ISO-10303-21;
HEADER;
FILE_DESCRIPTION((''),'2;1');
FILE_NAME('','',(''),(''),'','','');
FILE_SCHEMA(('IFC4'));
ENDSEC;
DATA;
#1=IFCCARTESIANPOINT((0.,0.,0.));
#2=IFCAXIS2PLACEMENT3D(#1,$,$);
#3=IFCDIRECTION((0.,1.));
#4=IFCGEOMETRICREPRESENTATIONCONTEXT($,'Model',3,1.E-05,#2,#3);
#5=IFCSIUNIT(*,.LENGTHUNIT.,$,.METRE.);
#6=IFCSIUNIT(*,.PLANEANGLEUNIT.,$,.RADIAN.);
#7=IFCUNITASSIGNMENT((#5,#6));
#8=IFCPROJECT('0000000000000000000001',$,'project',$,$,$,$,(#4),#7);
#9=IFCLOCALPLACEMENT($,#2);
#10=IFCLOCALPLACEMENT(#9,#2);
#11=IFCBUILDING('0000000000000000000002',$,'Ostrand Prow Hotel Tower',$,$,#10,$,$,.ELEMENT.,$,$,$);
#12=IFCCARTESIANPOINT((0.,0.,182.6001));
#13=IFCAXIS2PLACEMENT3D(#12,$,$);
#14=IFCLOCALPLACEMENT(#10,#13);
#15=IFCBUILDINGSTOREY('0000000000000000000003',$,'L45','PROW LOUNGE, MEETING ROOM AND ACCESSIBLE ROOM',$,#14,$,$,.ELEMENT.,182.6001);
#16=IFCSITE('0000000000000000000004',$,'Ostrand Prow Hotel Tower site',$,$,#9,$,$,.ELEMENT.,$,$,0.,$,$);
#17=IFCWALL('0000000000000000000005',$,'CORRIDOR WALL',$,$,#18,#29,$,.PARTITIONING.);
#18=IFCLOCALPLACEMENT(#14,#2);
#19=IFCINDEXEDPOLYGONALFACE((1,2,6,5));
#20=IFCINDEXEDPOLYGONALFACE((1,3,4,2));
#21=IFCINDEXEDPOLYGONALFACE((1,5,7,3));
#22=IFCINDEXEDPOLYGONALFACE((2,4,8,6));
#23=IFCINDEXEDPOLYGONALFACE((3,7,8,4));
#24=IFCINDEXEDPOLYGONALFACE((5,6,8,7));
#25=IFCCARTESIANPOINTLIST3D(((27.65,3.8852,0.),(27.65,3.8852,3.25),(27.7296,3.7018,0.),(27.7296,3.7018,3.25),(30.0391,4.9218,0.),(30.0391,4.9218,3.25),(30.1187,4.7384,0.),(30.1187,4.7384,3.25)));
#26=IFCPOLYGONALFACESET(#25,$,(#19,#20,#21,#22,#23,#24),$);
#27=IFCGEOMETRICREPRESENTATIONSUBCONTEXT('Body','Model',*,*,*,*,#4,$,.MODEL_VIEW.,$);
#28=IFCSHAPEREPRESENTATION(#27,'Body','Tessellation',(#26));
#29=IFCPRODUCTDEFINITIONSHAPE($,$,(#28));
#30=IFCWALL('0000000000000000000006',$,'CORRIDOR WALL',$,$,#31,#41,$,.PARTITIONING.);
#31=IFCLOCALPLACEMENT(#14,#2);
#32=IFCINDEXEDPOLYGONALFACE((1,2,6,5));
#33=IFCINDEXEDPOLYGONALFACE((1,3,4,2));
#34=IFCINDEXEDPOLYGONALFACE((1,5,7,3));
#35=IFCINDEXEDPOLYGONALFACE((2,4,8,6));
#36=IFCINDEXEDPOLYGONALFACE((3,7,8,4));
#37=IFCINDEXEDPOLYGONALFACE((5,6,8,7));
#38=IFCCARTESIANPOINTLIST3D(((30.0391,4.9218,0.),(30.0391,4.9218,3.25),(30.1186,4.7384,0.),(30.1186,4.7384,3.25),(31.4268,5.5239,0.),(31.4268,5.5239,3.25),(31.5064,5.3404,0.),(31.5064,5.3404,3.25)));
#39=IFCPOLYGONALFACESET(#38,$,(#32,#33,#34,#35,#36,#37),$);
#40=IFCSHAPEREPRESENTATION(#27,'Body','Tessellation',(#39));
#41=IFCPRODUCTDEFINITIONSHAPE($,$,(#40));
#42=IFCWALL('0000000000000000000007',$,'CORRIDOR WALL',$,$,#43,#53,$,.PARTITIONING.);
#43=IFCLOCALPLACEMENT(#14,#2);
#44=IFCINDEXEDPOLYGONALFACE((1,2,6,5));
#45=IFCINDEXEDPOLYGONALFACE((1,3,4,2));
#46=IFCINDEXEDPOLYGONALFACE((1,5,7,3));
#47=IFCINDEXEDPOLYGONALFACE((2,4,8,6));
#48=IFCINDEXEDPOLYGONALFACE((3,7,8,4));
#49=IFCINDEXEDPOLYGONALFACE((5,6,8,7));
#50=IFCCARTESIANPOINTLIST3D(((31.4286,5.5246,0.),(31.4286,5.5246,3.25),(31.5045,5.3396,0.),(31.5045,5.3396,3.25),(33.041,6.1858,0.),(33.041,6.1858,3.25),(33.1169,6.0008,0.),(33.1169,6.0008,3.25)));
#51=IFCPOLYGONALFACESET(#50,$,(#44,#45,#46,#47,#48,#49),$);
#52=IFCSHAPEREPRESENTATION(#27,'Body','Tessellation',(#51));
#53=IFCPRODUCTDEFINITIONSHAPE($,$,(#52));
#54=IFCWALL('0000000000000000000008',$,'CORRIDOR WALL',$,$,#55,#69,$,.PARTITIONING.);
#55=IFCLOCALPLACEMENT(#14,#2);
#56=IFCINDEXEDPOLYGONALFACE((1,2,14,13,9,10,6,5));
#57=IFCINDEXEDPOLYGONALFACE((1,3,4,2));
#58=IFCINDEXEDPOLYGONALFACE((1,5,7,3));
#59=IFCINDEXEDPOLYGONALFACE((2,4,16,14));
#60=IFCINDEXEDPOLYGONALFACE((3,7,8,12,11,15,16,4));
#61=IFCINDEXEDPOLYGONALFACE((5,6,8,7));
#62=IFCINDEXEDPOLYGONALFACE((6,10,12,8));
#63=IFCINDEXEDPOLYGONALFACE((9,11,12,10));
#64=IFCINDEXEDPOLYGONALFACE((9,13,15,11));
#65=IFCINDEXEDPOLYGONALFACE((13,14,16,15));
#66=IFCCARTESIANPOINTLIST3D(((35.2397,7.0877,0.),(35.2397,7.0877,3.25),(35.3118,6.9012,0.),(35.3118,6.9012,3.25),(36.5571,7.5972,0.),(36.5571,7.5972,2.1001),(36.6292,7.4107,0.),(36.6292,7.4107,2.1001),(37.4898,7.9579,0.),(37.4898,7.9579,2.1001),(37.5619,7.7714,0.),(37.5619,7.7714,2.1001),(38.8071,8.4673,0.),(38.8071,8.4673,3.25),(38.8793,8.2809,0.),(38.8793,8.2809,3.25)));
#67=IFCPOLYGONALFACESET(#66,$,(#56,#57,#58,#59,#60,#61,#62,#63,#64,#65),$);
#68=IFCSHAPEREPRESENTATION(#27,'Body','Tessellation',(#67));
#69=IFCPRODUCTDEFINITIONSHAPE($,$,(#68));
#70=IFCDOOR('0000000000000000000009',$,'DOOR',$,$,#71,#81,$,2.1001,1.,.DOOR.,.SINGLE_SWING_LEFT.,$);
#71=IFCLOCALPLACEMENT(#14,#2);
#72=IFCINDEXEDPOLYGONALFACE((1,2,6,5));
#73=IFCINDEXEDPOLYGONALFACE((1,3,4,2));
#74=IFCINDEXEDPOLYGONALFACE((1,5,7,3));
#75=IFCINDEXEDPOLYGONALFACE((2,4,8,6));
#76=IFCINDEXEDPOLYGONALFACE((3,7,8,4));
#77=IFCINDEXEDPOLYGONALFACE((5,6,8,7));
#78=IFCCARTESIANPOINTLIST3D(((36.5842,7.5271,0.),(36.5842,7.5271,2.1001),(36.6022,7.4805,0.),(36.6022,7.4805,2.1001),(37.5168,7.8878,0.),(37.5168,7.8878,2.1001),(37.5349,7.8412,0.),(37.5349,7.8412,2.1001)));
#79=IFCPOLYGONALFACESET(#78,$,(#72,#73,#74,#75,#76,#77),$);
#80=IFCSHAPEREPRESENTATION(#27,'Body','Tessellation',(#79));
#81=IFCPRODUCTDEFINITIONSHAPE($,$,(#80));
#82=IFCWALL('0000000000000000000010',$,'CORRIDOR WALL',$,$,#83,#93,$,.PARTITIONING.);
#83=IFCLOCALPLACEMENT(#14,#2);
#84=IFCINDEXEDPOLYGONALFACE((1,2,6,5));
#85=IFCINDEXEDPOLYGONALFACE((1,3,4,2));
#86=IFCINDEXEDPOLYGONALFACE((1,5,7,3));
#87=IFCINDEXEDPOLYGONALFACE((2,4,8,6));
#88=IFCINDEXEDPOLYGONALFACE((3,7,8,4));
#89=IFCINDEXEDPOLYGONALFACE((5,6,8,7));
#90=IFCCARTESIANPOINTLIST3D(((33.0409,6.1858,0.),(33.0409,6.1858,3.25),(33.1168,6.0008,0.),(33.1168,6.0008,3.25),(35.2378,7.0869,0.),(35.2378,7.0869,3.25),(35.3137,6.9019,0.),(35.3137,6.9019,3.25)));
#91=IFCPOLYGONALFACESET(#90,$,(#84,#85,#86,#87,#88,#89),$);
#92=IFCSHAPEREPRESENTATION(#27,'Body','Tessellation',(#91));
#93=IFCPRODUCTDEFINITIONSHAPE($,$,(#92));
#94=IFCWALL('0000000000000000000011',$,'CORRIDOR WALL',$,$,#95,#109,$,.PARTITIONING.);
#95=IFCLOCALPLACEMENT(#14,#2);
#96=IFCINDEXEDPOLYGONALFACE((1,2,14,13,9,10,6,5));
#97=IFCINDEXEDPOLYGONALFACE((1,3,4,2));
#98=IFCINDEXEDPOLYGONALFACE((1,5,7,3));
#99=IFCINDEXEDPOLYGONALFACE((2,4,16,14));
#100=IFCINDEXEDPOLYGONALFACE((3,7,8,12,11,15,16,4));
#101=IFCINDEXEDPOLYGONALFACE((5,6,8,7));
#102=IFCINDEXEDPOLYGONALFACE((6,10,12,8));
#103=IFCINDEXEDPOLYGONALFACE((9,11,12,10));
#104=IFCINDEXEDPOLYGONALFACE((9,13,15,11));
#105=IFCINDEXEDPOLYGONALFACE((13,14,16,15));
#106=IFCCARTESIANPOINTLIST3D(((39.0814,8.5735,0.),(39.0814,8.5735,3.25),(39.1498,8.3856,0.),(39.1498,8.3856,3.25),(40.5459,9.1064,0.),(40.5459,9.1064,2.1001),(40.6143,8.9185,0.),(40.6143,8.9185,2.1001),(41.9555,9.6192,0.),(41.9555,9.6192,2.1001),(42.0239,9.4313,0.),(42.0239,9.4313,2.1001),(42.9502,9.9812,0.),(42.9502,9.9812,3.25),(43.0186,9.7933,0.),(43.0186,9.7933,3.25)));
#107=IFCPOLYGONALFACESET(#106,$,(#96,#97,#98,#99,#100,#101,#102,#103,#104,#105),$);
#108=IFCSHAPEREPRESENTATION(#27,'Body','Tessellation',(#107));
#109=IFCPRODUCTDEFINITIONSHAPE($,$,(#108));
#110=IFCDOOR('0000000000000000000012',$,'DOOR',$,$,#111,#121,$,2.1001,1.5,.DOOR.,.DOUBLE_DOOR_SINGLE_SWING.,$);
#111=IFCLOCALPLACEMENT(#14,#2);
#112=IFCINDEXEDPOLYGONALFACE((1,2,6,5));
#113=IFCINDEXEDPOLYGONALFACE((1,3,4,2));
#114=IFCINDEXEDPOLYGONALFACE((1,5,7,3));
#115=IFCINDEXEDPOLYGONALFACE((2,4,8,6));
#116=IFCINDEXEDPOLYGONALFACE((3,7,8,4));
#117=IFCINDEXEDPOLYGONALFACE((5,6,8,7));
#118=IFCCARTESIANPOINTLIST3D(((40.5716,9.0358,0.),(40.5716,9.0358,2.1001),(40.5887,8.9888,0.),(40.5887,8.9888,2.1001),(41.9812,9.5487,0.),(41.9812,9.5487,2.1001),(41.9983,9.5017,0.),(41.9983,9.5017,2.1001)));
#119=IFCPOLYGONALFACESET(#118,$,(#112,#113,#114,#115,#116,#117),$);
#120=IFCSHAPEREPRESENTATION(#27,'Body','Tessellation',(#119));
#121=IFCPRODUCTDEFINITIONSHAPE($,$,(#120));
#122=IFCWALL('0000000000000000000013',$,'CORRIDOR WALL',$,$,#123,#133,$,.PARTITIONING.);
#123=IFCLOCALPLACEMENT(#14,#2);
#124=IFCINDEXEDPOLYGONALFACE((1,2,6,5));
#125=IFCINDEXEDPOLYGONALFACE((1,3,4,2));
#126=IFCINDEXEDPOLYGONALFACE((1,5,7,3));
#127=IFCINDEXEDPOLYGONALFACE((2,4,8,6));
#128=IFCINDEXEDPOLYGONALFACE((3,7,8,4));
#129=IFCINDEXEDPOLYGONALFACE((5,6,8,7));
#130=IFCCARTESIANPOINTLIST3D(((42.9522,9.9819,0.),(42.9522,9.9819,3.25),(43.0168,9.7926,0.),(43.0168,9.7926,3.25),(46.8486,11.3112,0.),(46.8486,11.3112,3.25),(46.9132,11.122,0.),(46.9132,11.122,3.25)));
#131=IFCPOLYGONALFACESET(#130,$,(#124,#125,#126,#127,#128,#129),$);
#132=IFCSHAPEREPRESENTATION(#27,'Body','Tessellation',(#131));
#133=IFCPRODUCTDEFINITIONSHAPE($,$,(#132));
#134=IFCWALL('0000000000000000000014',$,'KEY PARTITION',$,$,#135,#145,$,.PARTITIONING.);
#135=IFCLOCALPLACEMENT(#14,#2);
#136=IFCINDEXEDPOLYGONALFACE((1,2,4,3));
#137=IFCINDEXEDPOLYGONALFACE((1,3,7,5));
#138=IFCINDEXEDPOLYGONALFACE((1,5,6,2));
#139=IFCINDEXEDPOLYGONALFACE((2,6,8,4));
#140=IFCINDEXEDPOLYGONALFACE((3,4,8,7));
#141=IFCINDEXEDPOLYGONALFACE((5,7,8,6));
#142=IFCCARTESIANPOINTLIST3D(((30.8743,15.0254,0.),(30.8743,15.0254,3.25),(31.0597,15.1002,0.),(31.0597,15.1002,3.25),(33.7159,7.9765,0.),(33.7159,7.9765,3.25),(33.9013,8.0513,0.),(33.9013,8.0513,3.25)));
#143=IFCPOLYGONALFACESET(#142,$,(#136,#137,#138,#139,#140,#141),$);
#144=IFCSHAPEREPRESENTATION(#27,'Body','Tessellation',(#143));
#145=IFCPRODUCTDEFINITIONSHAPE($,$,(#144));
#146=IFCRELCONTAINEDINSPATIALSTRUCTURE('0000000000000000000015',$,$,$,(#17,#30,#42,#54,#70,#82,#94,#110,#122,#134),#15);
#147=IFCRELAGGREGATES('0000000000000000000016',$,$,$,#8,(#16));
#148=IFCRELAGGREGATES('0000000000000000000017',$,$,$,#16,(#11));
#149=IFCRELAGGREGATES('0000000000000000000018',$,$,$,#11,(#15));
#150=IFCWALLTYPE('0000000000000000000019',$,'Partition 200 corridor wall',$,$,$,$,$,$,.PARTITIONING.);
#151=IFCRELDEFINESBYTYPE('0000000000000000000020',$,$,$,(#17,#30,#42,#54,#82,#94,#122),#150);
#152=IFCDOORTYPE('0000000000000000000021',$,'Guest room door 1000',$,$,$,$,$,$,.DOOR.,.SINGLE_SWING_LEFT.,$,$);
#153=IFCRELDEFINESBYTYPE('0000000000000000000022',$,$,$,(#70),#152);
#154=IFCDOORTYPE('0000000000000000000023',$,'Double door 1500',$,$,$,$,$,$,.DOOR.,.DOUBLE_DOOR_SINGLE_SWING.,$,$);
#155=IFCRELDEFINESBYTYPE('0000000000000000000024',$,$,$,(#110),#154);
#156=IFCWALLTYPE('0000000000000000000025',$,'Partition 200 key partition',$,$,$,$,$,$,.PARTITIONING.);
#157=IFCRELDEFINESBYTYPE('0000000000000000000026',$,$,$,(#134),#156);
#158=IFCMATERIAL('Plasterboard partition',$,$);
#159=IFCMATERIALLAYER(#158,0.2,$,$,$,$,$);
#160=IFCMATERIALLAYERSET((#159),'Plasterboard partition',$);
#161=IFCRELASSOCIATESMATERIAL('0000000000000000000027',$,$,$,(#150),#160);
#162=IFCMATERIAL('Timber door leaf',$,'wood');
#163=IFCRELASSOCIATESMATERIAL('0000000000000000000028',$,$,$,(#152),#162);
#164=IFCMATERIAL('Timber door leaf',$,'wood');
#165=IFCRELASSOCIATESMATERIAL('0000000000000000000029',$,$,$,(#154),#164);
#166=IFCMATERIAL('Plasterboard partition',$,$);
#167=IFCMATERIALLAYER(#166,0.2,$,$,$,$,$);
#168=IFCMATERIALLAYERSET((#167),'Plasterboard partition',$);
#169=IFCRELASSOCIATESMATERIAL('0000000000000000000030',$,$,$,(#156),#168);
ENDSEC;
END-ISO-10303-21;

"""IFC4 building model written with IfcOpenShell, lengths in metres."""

from ifc_helpers import new_model, si_unit, direction, frame, frame_2d, origin, place, context, subcontext, project, spatial, rectangle, extrude, material, layer, layer_set, type_object, element, fill, save


model = new_model("IFC4")

# Units and contexts
model_context = context("Model", 3, precision=1e-05, world=origin(), true_north=direction((0.0, 1.0)))
body_context = subcontext(model_context, "Body", "Model", "MODEL_VIEW")
ifc_project = project(units=[si_unit("LENGTHUNIT", "METRE"), si_unit("PLANEANGLEUNIT", "RADIAN")], contexts=[model_context])

# Site, building, storey
site_placement = place(None, origin())
site = spatial("IfcSite", under=ifc_project, at=site_placement, Name="Ostrand Prow Hotel Tower site", CompositionType="ELEMENT", RefElevation=0.0)
building_placement = place(site_placement, origin())
building = spatial("IfcBuilding", under=site, at=building_placement, Name="Ostrand Prow Hotel Tower", CompositionType="ELEMENT")
storey_placement = place(building_placement, frame((0.0, 0.0, 182.6001)))
storey = spatial("IfcBuildingStorey", under=building, at=storey_placement, Name="L45", Description="PROW LOUNGE, MEETING ROOM AND ACCESSIBLE ROOM", CompositionType="ELEMENT", Elevation=182.6001)

# Shared definitions
ifc_material_1 = material(Name="Plasterboard partition")
ifc_layer_1 = layer(ifc_material_1, 0.2)
ifc_layer_set_1 = layer_set([ifc_layer_1], Name="Plasterboard partition")
wall_type_1 = type_object("IfcWallType", Name="Partition 200 corridor wall", PredefinedType="PARTITIONING", material=ifc_layer_set_1)
ifc_material_2 = material(Name="Timber door leaf", Category="wood")
door_type_1 = type_object("IfcDoorType", Name="Guest room door 1000", OperationType="SINGLE_SWING_LEFT", PredefinedType="DOOR", material=ifc_material_2)

# Walls
wall_1_placement = place(storey_placement, frame((27.6897, 3.7935, 0.0), z_axis=(0.0, 0.0, 1.0), x_axis=(0.917371, 0.398034, 0.0)))
element("IfcWall", 1, at=wall_1_placement, inside=storey, type_object=wall_type_1, Name="CORRIDOR WALL", PredefinedType="PARTITIONING", context=body_context, shape_type="SweptSolid", body=[
    extrude(rectangle(XDim=2.6042, YDim=0.2, at=frame_2d((1.3022, 0.0))), origin(), (0.0, 0.0, 1.0), 3.25),
])
wall_2_placement = place(storey_placement, frame((30.0789, 4.8301, 0.0), z_axis=(0.0, 0.0, 1.0), x_axis=(0.917383, 0.398006, 0.0)))
element("IfcWall", 2, at=wall_2_placement, inside=storey, type_object=wall_type_1, Name="CORRIDOR WALL", PredefinedType="PARTITIONING", context=body_context, shape_type="SweptSolid", body=[
    extrude(rectangle(XDim=1.5127, YDim=0.2, at=frame_2d((0.7563, 0.0))), origin(), (0.0, 0.0, 1.0), 3.25),
])
wall_3_placement = place(storey_placement, frame((31.4666, 5.4321, 0.0), z_axis=(0.0, 0.0, 1.0), x_axis=(0.925234, 0.379396, 0.0)))
element("IfcWall", 3, at=wall_3_placement, inside=storey, type_object=wall_type_1, Name="CORRIDOR WALL", PredefinedType="PARTITIONING", context=body_context, shape_type="SweptSolid", body=[
    extrude(rectangle(XDim=1.7427, YDim=0.2, at=frame_2d((0.8713, 0.0))), origin(), (0.0, 0.0, 1.0), 3.25),
])

# Wall, opening, door
wall_4_placement = place(storey_placement, frame((35.2756, 6.9944, 0.0), z_axis=(0.0, 0.0, 1.0), x_axis=(0.932681, 0.360702, 0.0)))
wall_4 = element("IfcWall", 4, at=wall_4_placement, inside=storey, type_object=wall_type_1, Name="CORRIDOR WALL", PredefinedType="PARTITIONING", context=body_context, shape_type="SweptSolid", body=[
    extrude(rectangle(XDim=3.825, YDim=0.2, at=frame_2d((1.9126, 0.0))), origin(), (0.0, 0.0, 1.0), 3.25),
])
opening_1_placement = place(wall_4_placement, frame((1.4126, 0.0, 0.0)))
opening_1 = element("IfcOpeningElement", 5, at=opening_1_placement, cuts=wall_4, PredefinedType="OPENING", context=body_context, shape_type="SweptSolid", body=[
    extrude(rectangle(XDim=1.0, YDim=2.1001, at=frame_2d((0.5, 1.05))), frame((0.0, 0.1099, 0.0), z_axis=(0.0, -1.0, 0.0), x_axis=(1.0, 0.0, 0.0)), (0.0, 0.0, 1.0), 0.22),
])
door_1_placement = place(opening_1_placement, origin())
door_1 = element("IfcDoor", 6, at=door_1_placement, inside=storey, type_object=door_type_1, Name="DOOR", OperationType="SINGLE_SWING_LEFT", OverallHeight=2.1001, OverallWidth=1.0, PredefinedType="DOOR", context=body_context, shape_type="SweptSolid", body=[
    extrude(rectangle(XDim=1.0, YDim=2.1001, at=frame_2d((0.5, 1.05))), frame((0.0, 0.0249, 0.0), z_axis=(0.0, -1.0, 0.0), x_axis=(1.0, 0.0, 0.0)), (0.0, 0.0, 1.0), 0.05),
])
fill(opening_1, door_1)

# Wall
wall_5_placement = place(storey_placement, frame((33.0789, 6.0933, 0.0), z_axis=(0.0, 0.0, 1.0), x_axis=(0.925186, 0.379513, 0.0)))
element("IfcWall", 7, at=wall_5_placement, inside=storey, type_object=wall_type_1, Name="CORRIDOR WALL", PredefinedType="PARTITIONING", context=body_context, shape_type="SweptSolid", body=[
    extrude(rectangle(XDim=2.3745, YDim=0.2, at=frame_2d((1.1873, 0.0))), origin(), (0.0, 0.0, 1.0), 3.25),
])

# Wall, opening, door
wall_6_placement = place(storey_placement, frame((39.1155, 8.4795, 0.0), z_axis=(0.0, 0.0, 1.0), x_axis=(0.939728, 0.341924, 0.0)))
wall_6 = element("IfcWall", 8, at=wall_6_placement, inside=storey, type_object=wall_type_1, Name="CORRIDOR WALL", PredefinedType="PARTITIONING", context=body_context, shape_type="SweptSolid", body=[
    extrude(rectangle(XDim=4.1169, YDim=0.2, at=frame_2d((2.0586, 0.0))), origin(), (0.0, 0.0, 1.0), 3.25),
])
opening_2_placement = place(wall_6_placement, frame((1.5586, 0.0, 0.0)))
opening_2 = element("IfcOpeningElement", 9, at=opening_2_placement, cuts=wall_6, PredefinedType="OPENING", context=body_context, shape_type="SweptSolid", body=[
    extrude(rectangle(XDim=1.5, YDim=2.1001, at=frame_2d((0.75, 1.05))), frame((0.0, 0.1099, 0.0), z_axis=(0.0, -1.0, 0.0), x_axis=(1.0, 0.0, 0.0)), (0.0, 0.0, 1.0), 0.22),
])
ifc_material_3 = material(Name="Timber door leaf", Category="wood")
door_type_2 = type_object("IfcDoorType", Name="Double door 1500", OperationType="DOUBLE_DOOR_SINGLE_SWING", PredefinedType="DOOR", material=ifc_material_3)
door_2_placement = place(opening_2_placement, origin())
door_2 = element("IfcDoor", 10, at=door_2_placement, inside=storey, type_object=door_type_2, Name="DOOR", OperationType="DOUBLE_DOOR_SINGLE_SWING", OverallHeight=2.1001, OverallWidth=1.5, PredefinedType="DOOR", context=body_context, shape_type="SweptSolid", body=[
    extrude(rectangle(XDim=1.5, YDim=2.1001, at=frame_2d((0.75, 1.05))), frame((0.0, 0.0249, 0.0), z_axis=(0.0, -1.0, 0.0), x_axis=(1.0, 0.0, 0.0)), (0.0, 0.0, 1.0), 0.05),
])
fill(opening_2, door_2)

# Walls
wall_7_placement = place(storey_placement, frame((42.9844, 9.8872, 0.0), z_axis=(0.0, 0.0, 1.0), x_axis=(0.946436, 0.322891, 0.0)))
element("IfcWall", 11, at=wall_7_placement, inside=storey, type_object=wall_type_1, Name="CORRIDOR WALL", PredefinedType="PARTITIONING", context=body_context, shape_type="SweptSolid", body=[
    extrude(rectangle(XDim=4.1169, YDim=0.2, at=frame_2d((2.0586, 0.0))), origin(), (0.0, 0.0, 1.0), 3.25),
])
ifc_material_4 = material(Name="Plasterboard partition")
ifc_layer_2 = layer(ifc_material_4, 0.2)
ifc_layer_set_2 = layer_set([ifc_layer_2], Name="Plasterboard partition")
wall_type_2 = type_object("IfcWallType", Name="Partition 200 key partition", PredefinedType="PARTITIONING", material=ifc_layer_set_2)
wall_8_placement = place(storey_placement, frame((33.8086, 8.0139, 0.0), z_axis=(0.0, 0.0, 1.0), x_axis=(-0.373887, 0.927474, 0.0)))
element("IfcWall", 12, at=wall_8_placement, inside=storey, type_object=wall_type_2, Name="KEY PARTITION", PredefinedType="PARTITIONING", context=body_context, shape_type="SweptSolid", body=[
    extrude(rectangle(XDim=7.6001, YDim=0.2, at=frame_2d((3.8, 0.0))), origin(), (0.0, 0.0, 1.0), 3.25),
])

save(model, "model.ifc")
